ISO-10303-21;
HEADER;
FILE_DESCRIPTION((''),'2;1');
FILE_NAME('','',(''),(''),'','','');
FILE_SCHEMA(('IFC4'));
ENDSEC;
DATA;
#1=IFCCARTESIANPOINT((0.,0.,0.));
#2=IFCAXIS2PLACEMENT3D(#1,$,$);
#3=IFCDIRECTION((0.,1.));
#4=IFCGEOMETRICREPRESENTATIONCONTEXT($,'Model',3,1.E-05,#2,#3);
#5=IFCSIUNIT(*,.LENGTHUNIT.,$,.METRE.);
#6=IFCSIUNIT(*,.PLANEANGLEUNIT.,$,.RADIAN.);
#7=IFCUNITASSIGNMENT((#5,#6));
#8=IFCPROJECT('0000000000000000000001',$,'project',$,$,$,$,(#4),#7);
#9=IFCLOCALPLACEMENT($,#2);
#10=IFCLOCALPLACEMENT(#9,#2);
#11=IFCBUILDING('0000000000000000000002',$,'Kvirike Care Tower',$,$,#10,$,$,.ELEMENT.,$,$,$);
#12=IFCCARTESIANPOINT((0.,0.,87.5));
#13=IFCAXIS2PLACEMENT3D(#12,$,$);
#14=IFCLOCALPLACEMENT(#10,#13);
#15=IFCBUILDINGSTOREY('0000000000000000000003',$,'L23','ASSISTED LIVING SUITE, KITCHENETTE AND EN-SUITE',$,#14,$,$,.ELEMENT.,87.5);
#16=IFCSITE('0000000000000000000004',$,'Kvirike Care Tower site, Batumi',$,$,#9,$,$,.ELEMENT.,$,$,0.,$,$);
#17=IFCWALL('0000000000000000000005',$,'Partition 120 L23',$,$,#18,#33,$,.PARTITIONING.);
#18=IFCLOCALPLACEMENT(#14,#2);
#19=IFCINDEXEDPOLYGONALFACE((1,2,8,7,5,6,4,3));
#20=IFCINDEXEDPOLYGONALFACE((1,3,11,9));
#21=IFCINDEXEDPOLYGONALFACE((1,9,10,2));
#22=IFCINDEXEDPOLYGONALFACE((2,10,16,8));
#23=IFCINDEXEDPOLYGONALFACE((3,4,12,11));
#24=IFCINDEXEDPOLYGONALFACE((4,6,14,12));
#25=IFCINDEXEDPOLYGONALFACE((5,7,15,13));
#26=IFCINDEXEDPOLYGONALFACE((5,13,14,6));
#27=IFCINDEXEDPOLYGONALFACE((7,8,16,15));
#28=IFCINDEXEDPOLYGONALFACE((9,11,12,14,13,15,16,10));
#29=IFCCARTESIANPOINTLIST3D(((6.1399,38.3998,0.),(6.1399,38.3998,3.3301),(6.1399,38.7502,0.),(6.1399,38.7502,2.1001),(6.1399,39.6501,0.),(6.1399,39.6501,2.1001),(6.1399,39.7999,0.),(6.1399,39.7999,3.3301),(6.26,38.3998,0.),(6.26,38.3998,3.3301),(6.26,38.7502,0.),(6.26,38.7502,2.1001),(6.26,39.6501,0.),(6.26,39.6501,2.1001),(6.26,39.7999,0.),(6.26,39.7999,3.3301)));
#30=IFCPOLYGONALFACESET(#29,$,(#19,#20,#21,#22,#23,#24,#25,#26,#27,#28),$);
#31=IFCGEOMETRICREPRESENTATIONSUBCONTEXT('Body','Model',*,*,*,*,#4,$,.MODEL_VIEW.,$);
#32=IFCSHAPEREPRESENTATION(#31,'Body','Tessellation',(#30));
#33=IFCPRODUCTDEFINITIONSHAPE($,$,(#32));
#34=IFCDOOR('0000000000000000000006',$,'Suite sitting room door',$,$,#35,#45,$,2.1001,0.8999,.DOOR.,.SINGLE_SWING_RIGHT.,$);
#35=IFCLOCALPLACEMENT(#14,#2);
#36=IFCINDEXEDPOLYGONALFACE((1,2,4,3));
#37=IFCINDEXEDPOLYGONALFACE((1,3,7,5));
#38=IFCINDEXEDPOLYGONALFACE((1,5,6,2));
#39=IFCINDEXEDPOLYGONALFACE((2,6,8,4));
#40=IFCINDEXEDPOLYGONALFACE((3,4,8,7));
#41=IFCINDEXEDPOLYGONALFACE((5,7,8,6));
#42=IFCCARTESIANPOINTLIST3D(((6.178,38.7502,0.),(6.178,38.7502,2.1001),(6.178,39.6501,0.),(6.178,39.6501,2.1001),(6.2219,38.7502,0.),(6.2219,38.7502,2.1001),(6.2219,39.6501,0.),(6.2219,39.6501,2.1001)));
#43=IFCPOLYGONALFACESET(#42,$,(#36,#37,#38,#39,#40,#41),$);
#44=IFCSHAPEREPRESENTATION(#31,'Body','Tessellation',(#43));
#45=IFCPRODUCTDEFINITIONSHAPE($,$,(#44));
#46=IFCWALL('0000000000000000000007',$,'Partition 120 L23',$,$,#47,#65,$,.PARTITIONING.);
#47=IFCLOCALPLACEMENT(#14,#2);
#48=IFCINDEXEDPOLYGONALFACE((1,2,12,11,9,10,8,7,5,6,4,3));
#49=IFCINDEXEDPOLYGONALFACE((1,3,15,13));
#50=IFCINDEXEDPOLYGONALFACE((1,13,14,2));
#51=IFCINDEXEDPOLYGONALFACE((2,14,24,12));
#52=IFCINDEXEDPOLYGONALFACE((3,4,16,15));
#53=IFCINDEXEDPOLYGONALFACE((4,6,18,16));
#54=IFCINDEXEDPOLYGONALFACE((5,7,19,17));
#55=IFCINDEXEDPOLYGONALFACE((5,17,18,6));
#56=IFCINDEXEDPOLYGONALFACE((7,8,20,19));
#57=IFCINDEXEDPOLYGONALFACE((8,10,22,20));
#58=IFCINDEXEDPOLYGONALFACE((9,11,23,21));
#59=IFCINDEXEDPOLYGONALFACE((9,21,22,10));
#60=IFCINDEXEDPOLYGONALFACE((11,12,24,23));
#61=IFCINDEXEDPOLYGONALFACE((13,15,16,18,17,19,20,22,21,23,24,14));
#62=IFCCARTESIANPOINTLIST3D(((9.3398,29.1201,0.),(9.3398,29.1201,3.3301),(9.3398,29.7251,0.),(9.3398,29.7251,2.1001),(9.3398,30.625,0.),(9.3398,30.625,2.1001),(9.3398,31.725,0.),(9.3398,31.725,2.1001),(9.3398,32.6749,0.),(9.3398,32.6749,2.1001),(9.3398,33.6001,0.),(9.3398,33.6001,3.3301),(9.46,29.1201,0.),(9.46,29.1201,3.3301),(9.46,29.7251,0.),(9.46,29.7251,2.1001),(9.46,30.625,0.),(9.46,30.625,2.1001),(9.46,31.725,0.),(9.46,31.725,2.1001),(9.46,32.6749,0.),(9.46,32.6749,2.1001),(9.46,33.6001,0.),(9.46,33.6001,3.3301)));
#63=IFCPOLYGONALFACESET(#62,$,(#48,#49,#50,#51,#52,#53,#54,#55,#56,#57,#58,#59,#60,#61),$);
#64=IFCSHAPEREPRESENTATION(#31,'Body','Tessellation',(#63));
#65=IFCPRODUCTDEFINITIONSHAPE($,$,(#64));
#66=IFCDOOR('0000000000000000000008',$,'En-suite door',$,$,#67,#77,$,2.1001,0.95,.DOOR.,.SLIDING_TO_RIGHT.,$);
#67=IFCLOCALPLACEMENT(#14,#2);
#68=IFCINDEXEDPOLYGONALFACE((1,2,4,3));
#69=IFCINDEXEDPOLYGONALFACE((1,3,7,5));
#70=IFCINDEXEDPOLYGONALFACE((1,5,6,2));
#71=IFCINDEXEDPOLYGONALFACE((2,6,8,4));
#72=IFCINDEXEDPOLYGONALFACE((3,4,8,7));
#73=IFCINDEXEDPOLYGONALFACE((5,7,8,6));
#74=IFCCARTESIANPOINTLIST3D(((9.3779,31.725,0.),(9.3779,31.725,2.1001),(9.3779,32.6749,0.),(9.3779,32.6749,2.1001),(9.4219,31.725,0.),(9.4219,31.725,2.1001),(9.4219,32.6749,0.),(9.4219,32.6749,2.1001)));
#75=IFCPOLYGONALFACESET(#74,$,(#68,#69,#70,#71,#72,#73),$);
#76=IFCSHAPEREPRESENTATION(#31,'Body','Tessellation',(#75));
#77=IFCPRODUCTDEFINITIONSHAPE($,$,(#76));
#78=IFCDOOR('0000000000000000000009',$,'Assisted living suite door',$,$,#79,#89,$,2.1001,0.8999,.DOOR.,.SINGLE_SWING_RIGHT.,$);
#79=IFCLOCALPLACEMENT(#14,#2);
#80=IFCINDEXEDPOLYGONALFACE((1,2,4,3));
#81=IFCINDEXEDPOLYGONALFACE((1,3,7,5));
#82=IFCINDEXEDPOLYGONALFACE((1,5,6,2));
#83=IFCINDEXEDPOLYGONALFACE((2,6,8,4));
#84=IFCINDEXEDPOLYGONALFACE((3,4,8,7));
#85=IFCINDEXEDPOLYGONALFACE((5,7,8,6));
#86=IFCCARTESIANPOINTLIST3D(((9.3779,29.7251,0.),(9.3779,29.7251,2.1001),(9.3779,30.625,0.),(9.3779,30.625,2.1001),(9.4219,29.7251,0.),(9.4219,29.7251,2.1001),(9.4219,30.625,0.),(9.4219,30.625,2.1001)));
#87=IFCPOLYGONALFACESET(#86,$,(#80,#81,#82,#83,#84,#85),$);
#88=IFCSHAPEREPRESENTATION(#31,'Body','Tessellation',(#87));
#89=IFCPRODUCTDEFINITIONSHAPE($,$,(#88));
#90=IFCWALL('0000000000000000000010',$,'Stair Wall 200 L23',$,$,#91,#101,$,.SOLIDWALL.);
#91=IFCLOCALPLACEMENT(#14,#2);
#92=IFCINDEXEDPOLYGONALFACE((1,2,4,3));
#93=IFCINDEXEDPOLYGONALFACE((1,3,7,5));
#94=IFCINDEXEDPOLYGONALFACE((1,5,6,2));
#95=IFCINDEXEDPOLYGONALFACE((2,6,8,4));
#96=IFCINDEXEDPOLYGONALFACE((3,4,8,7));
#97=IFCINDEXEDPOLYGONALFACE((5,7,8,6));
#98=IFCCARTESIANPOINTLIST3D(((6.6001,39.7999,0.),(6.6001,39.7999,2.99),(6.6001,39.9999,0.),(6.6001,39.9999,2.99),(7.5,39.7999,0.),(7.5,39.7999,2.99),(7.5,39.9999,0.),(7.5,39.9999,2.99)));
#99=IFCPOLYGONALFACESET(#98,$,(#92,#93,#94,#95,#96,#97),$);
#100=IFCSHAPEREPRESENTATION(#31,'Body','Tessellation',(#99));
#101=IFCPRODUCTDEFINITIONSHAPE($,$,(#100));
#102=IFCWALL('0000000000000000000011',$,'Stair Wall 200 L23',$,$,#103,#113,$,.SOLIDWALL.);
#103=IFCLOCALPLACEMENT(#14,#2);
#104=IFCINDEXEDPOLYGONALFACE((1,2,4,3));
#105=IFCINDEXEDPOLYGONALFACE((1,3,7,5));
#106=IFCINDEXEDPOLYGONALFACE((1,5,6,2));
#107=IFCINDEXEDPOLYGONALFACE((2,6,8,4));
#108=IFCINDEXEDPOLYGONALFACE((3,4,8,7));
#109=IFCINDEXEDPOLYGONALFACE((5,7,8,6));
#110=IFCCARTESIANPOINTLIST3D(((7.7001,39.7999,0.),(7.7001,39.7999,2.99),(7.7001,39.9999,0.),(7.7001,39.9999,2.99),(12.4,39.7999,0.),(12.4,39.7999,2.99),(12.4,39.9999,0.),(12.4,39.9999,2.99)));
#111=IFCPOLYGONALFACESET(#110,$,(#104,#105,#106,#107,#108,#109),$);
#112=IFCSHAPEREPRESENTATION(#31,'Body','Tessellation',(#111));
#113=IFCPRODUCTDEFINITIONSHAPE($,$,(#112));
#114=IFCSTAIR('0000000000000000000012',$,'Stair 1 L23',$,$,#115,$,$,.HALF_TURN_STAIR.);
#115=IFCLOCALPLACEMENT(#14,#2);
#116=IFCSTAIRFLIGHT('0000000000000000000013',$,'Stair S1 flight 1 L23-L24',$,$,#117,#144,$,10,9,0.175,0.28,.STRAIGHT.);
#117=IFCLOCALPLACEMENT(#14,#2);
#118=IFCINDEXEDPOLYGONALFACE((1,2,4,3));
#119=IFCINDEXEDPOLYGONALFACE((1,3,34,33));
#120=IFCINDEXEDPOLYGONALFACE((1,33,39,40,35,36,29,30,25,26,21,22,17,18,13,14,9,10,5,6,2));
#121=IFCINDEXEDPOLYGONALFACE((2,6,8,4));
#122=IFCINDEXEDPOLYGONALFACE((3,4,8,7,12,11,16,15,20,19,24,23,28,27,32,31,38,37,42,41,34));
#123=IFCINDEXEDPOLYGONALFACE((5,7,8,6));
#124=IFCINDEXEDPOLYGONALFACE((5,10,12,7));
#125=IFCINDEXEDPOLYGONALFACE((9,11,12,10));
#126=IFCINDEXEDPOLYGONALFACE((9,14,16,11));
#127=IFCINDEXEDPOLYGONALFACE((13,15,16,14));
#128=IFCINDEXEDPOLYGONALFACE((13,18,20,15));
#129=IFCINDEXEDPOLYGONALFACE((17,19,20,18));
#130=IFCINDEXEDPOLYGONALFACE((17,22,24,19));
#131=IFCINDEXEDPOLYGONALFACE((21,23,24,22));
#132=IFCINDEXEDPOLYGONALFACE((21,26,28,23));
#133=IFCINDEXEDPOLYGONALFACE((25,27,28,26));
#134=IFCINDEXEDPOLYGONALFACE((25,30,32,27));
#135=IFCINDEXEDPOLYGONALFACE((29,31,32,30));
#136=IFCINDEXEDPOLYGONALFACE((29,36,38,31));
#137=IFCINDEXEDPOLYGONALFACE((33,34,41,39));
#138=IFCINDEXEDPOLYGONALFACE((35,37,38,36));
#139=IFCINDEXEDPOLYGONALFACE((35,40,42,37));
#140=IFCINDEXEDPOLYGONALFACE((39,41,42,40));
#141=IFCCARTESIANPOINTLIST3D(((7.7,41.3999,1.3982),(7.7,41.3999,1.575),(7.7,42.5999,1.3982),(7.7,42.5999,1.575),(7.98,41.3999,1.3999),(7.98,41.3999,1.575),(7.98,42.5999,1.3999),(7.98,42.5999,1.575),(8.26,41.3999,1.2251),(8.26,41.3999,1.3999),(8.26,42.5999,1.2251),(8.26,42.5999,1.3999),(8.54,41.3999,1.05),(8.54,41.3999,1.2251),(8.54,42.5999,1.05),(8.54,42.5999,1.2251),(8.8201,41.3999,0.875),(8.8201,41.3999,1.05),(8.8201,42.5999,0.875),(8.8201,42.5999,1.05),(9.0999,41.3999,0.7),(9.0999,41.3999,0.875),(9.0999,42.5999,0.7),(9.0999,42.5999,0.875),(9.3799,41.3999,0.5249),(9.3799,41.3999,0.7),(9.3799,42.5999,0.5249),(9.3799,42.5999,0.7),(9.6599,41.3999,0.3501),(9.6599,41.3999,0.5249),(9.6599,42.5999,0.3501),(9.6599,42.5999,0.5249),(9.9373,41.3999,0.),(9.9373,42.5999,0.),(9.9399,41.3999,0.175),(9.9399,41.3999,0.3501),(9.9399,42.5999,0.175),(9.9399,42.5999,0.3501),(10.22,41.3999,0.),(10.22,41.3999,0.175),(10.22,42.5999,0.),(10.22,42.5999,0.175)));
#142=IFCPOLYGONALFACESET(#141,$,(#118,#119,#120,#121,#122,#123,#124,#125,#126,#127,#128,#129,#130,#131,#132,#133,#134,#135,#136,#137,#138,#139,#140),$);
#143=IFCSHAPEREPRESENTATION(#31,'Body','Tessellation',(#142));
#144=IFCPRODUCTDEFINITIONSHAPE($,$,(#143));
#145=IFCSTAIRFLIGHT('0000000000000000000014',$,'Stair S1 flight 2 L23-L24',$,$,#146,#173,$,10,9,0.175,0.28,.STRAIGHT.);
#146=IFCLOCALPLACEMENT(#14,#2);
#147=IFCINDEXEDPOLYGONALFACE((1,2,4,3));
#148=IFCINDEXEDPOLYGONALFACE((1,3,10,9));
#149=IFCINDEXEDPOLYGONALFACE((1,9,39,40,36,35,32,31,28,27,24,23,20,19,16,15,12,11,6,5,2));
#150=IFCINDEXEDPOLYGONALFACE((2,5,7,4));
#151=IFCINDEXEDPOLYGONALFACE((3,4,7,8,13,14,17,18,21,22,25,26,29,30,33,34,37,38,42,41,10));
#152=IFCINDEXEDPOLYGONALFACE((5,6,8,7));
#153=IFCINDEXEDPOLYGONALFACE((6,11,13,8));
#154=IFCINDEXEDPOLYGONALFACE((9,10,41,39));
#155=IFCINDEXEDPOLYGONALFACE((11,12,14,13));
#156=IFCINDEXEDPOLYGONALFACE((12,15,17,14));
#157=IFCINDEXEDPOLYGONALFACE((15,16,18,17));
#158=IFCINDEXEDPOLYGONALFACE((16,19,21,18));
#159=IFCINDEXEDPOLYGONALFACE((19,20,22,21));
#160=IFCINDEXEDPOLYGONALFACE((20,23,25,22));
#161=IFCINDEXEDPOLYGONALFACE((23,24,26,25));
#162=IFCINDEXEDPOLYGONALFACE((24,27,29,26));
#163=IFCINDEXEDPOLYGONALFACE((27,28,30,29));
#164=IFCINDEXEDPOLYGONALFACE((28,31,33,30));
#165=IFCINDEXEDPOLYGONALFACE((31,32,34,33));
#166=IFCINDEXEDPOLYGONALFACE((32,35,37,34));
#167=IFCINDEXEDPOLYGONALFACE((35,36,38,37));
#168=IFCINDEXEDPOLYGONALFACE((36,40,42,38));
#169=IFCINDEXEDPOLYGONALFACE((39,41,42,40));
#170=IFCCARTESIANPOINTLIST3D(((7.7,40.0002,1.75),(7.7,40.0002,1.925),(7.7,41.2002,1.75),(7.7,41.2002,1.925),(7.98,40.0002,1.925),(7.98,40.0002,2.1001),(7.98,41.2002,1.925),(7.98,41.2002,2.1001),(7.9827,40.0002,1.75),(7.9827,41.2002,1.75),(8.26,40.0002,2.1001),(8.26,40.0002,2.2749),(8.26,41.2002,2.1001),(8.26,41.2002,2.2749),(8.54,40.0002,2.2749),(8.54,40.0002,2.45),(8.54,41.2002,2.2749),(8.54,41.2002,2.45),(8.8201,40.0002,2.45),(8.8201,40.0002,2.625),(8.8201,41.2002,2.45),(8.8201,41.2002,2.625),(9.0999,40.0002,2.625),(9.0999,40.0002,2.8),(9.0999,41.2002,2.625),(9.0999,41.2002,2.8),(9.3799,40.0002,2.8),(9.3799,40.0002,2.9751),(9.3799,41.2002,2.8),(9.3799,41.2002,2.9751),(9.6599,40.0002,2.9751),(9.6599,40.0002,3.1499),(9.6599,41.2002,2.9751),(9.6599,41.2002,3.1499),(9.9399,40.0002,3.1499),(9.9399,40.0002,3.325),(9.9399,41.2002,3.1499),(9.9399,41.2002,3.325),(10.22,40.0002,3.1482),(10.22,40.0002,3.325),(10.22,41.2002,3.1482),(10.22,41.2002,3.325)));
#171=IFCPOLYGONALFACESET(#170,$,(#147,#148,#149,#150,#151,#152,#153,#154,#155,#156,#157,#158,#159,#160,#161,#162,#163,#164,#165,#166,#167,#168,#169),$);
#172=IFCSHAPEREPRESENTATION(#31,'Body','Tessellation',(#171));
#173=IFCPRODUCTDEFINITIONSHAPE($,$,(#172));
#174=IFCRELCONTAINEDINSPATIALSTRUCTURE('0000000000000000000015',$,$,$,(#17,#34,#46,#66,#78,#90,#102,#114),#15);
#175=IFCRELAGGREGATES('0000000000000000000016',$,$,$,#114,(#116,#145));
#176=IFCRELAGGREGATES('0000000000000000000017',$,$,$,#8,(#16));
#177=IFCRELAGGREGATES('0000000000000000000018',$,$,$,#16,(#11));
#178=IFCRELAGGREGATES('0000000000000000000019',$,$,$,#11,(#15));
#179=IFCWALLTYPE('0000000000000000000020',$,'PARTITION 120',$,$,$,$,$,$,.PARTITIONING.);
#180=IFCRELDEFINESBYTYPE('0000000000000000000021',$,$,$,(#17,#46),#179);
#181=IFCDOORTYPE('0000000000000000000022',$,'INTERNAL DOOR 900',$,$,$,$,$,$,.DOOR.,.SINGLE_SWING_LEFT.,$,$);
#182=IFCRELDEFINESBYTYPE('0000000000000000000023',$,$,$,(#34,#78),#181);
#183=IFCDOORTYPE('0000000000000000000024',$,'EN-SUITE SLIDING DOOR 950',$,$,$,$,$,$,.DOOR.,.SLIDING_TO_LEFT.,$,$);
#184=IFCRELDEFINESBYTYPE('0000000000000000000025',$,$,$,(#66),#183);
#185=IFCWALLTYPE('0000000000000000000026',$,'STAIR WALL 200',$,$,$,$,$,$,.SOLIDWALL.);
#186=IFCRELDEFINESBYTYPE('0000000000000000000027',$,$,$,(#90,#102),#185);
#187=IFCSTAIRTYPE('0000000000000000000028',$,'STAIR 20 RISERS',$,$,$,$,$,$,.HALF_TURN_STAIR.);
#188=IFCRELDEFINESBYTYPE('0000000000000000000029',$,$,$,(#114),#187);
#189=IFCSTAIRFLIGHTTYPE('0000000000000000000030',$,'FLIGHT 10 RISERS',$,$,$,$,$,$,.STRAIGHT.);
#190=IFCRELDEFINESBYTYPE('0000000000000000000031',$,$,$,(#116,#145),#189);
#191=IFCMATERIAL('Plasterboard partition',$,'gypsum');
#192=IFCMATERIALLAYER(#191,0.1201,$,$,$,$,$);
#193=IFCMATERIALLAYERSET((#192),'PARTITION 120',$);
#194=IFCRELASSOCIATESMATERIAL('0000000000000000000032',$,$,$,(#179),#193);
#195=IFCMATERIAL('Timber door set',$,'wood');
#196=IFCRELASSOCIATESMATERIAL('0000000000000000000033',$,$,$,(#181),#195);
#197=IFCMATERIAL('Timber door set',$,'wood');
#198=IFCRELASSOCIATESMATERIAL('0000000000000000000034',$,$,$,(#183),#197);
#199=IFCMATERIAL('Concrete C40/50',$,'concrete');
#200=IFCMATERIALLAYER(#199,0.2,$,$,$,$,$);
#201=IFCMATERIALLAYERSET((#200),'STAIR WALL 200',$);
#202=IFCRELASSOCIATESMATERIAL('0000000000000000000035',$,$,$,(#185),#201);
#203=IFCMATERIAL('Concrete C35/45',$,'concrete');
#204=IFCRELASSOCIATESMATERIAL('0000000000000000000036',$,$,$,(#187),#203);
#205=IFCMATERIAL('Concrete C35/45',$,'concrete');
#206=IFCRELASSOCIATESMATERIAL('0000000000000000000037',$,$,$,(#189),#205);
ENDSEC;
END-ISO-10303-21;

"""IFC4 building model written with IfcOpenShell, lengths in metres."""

from ifc_helpers import new_model, si_unit, direction, frame, frame_2d, origin, place, context, subcontext, project, spatial, polyline, rectangle, outline, extrude, material, layer, layer_set, type_object, element, fill, aggregate, save


model = new_model("IFC4")

# Units and contexts
model_context = context("Model", 3, precision=1e-05, world=origin(), true_north=direction((0.0, 1.0)))
body_context = subcontext(model_context, "Body", "Model", "MODEL_VIEW")
ifc_project = project(units=[si_unit("LENGTHUNIT", "METRE"), si_unit("PLANEANGLEUNIT", "RADIAN")], contexts=[model_context])

# Site, building, storey
site_placement = place(None, origin())
site = spatial("IfcSite", under=ifc_project, at=site_placement, Name="Kvirike Care Tower site, Batumi", CompositionType="ELEMENT", RefElevation=0.0)
building_placement = place(site_placement, origin())
building = spatial("IfcBuilding", under=site, at=building_placement, Name="Kvirike Care Tower", CompositionType="ELEMENT")
storey_placement = place(building_placement, frame((0.0, 0.0, 87.5)))
storey = spatial("IfcBuildingStorey", under=building, at=storey_placement, Name="L23", Description="ASSISTED LIVING SUITE, KITCHENETTE AND EN-SUITE", CompositionType="ELEMENT", Elevation=87.5)

# Wall, opening, door
ifc_material_1 = material(Name="Plasterboard partition", Category="gypsum")
ifc_layer_1 = layer(ifc_material_1, 0.1201)
ifc_layer_set_1 = layer_set([ifc_layer_1], Name="PARTITION 120")
wall_type_1 = type_object("IfcWallType", Name="PARTITION 120", PredefinedType="PARTITIONING", material=ifc_layer_set_1)
ifc_material_2 = material(Name="Timber door set", Category="wood")
door_type_1 = type_object("IfcDoorType", Name="INTERNAL DOOR 900", OperationType="SINGLE_SWING_LEFT", PredefinedType="DOOR", material=ifc_material_2)
wall_1_placement = place(storey_placement, frame((6.2, 39.8, 0.0), z_axis=(0.0, 0.0, 1.0), x_axis=(0.0, -1.0, 0.0)))
wall_1 = element("IfcWall", 1, at=wall_1_placement, inside=storey, type_object=wall_type_1, Name="Partition 120 L23", PredefinedType="PARTITIONING", context=body_context, shape_type="SweptSolid", body=[
    extrude(rectangle(XDim=1.4001, YDim=0.1201, at=frame_2d((0.7002, 0.0))), origin(), (0.0, 0.0, 1.0), 3.3301),
])
opening_1_placement = place(wall_1_placement, frame((0.1499, 0.0, 0.0)))
opening_1 = element("IfcOpeningElement", 2, at=opening_1_placement, cuts=wall_1, PredefinedType="OPENING", context=body_context, shape_type="SweptSolid", body=[
    extrude(rectangle(XDim=0.8999, YDim=2.1001, at=frame_2d((0.45, 1.05))), frame((0.0, 0.0706, 0.0), z_axis=(0.0, -1.0, 0.0), x_axis=(1.0, 0.0, 0.0)), (0.0, 0.0, 1.0), 0.1411),
])
door_1_placement = place(opening_1_placement, origin())
door_1 = element("IfcDoor", 3, at=door_1_placement, inside=storey, type_object=door_type_1, Name="Suite sitting room door", OperationType="SINGLE_SWING_RIGHT", OverallHeight=2.1001, OverallWidth=0.8999, PredefinedType="DOOR", context=body_context, shape_type="SweptSolid", body=[
    extrude(rectangle(XDim=0.8999, YDim=2.1001, at=frame_2d((0.45, 1.05))), frame((0.0, 0.022, 0.0), z_axis=(0.0, -1.0, 0.0), x_axis=(1.0, 0.0, 0.0)), (0.0, 0.0, 1.0), 0.0439),
])
fill(opening_1, door_1)

# Wall, openings, doors
wall_2_placement = place(storey_placement, frame((9.3999, 33.6001, 0.0), z_axis=(0.0, 0.0, 1.0), x_axis=(0.0, -1.0, 0.0)))
wall_2 = element("IfcWall", 4, at=wall_2_placement, inside=storey, type_object=wall_type_1, Name="Partition 120 L23", PredefinedType="PARTITIONING", context=body_context, shape_type="SweptSolid", body=[
    extrude(rectangle(XDim=4.48, YDim=0.1201, at=frame_2d((2.24, 0.0))), origin(), (0.0, 0.0, 1.0), 3.3301),
])
opening_2_placement = place(wall_2_placement, frame((2.9751, 0.0, 0.0)))
opening_2 = element("IfcOpeningElement", 5, at=opening_2_placement, cuts=wall_2, PredefinedType="OPENING", context=body_context, shape_type="SweptSolid", body=[
    extrude(rectangle(XDim=0.8999, YDim=2.1001, at=frame_2d((0.45, 1.05))), frame((0.0, 0.0706, 0.0), z_axis=(0.0, -1.0, 0.0), x_axis=(1.0, 0.0, 0.0)), (0.0, 0.0, 1.0), 0.1411),
])
opening_3_placement = place(wall_2_placement, frame((0.925, 0.0, 0.0)))
opening_3 = element("IfcOpeningElement", 6, at=opening_3_placement, cuts=wall_2, PredefinedType="OPENING", context=body_context, shape_type="SweptSolid", body=[
    extrude(rectangle(XDim=0.95, YDim=2.1001, at=frame_2d((0.4751, 1.05))), frame((0.0, 0.0706, 0.0), z_axis=(0.0, -1.0, 0.0), x_axis=(1.0, 0.0, 0.0)), (0.0, 0.0, 1.0), 0.1411),
])
ifc_material_3 = material(Name="Timber door set", Category="wood")
door_type_2 = type_object("IfcDoorType", Name="EN-SUITE SLIDING DOOR 950", OperationType="SLIDING_TO_LEFT", PredefinedType="DOOR", material=ifc_material_3)
door_2_placement = place(opening_3_placement, origin())
door_2 = element("IfcDoor", 7, at=door_2_placement, inside=storey, type_object=door_type_2, Name="En-suite door", OperationType="SLIDING_TO_RIGHT", OverallHeight=2.1001, OverallWidth=0.95, PredefinedType="DOOR", context=body_context, shape_type="SweptSolid", body=[
    extrude(rectangle(XDim=0.95, YDim=2.1001, at=frame_2d((0.4751, 1.05))), frame((0.0, 0.022, 0.0), z_axis=(0.0, -1.0, 0.0), x_axis=(1.0, 0.0, 0.0)), (0.0, 0.0, 1.0), 0.0439),
])
fill(opening_3, door_2)
door_3_placement = place(opening_2_placement, origin())
door_3 = element("IfcDoor", 8, at=door_3_placement, inside=storey, type_object=door_type_1, Name="Assisted living suite door", OperationType="SINGLE_SWING_RIGHT", OverallHeight=2.1001, OverallWidth=0.8999, PredefinedType="DOOR", context=body_context, shape_type="SweptSolid", body=[
    extrude(rectangle(XDim=0.8999, YDim=2.1001, at=frame_2d((0.45, 1.05))), frame((0.0, 0.022, 0.0), z_axis=(0.0, -1.0, 0.0), x_axis=(1.0, 0.0, 0.0)), (0.0, 0.0, 1.0), 0.0439),
])
fill(opening_2, door_3)

# Walls
ifc_material_4 = material(Name="Concrete C40/50", Category="concrete")
ifc_layer_2 = layer(ifc_material_4, 0.2)
ifc_layer_set_2 = layer_set([ifc_layer_2], Name="STAIR WALL 200")
wall_type_2 = type_object("IfcWallType", Name="STAIR WALL 200", PredefinedType="SOLIDWALL", material=ifc_layer_set_2)
wall_3_placement = place(storey_placement, frame((6.6001, 39.8999, 0.0), z_axis=(0.0, 0.0, 1.0), x_axis=(1.0, 0.0, 0.0)))
element("IfcWall", 9, at=wall_3_placement, inside=storey, type_object=wall_type_2, Name="Stair Wall 200 L23", PredefinedType="SOLIDWALL", context=body_context, shape_type="SweptSolid", body=[
    extrude(rectangle(XDim=0.8999, YDim=0.2, at=frame_2d((0.45, 0.0))), origin(), (0.0, 0.0, 1.0), 2.99),
])
wall_4_placement = place(storey_placement, frame((7.7, 39.8999, 0.0), z_axis=(0.0, 0.0, 1.0), x_axis=(1.0, 0.0, 0.0)))
element("IfcWall", 10, at=wall_4_placement, inside=storey, type_object=wall_type_2, Name="Stair Wall 200 L23", PredefinedType="SOLIDWALL", context=body_context, shape_type="SweptSolid", body=[
    extrude(rectangle(XDim=4.7, YDim=0.2, at=frame_2d((2.3501, 0.0))), origin(), (0.0, 0.0, 1.0), 2.99),
])

# Stair, stair flights
ifc_material_5 = material(Name="Concrete C35/45", Category="concrete")
stair_type = type_object("IfcStairType", Name="STAIR 20 RISERS", PredefinedType="HALF_TURN_STAIR", material=ifc_material_5)
stair_placement = place(storey_placement, origin())
stair = element("IfcStair", 11, at=stair_placement, inside=storey, type_object=stair_type, Name="Stair 1 L23", PredefinedType="HALF_TURN_STAIR")
ifc_material_6 = material(Name="Concrete C35/45", Category="concrete")
stair_flight_type = type_object("IfcStairFlightType", Name="FLIGHT 10 RISERS", PredefinedType="STRAIGHT", material=ifc_material_6)
stair_flight_1_placement = place(storey_placement, frame((10.22, 42.0, 0.0), z_axis=(0.0, 0.0, 1.0), x_axis=(-1.0, 0.0, 0.0)))
stair_flight_1 = element("IfcStairFlight", 12, at=stair_flight_1_placement, type_object=stair_flight_type, Name="Stair S1 flight 1 L23-L24", NumberOfRisers=10, NumberOfTreads=9, PredefinedType="STRAIGHT", RiserHeight=0.175, TreadLength=0.28, context=body_context, shape_type="SweptSolid", body=[
    extrude(outline(polyline([(0.0, 0.0), (0.0, 0.175), (0.28, 0.175), (0.28, 0.3501), (0.5601, 0.3501), (0.5601, 0.5249), (0.8401, 0.5249), (0.8401, 0.7), (1.1201, 0.7), (1.1201, 0.875), (1.3999, 0.875), (1.3999, 1.05), (1.6799, 1.05), (1.6799, 1.2251), (1.96, 1.2251), (1.96, 1.3999), (2.24, 1.3999), (2.24, 1.575), (2.52, 1.575), (2.52, 1.75), (2.52, 1.3982), (0.2827, 0.0), (0.0, 0.0)])), frame((0.0, 0.6001, 0.0), z_axis=(0.0, -1.0, 0.0), x_axis=(1.0, 0.0, 0.0)), (0.0, 0.0, 1.0), 1.2),
])
stair_flight_2_placement = place(storey_placement, frame((7.7, 40.6001, 1.75), z_axis=(0.0, 0.0, 1.0), x_axis=(1.0, 0.0, 0.0)))
stair_flight_2 = element("IfcStairFlight", 13, at=stair_flight_2_placement, type_object=stair_flight_type, Name="Stair S1 flight 2 L23-L24", NumberOfRisers=10, NumberOfTreads=9, PredefinedType="STRAIGHT", RiserHeight=0.175, TreadLength=0.28, context=body_context, shape_type="SweptSolid", body=[
    extrude(outline(polyline([(0.0, 0.0), (0.0, 0.175), (0.28, 0.175), (0.28, 0.3501), (0.5601, 0.3501), (0.5601, 0.5249), (0.8401, 0.5249), (0.8401, 0.7), (1.1201, 0.7), (1.1201, 0.875), (1.3999, 0.875), (1.3999, 1.05), (1.6799, 1.05), (1.6799, 1.2251), (1.96, 1.2251), (1.96, 1.3999), (2.24, 1.3999), (2.24, 1.575), (2.52, 1.575), (2.52, 1.75), (2.52, 1.3982), (0.2827, 0.0), (0.0, 0.0)])), frame((0.0, 0.6001, 0.0), z_axis=(0.0, -1.0, 0.0), x_axis=(1.0, 0.0, 0.0)), (0.0, 0.0, 1.0), 1.2),
])
aggregate(stair, [stair_flight_1, stair_flight_2])

save(model, "model.ifc")
